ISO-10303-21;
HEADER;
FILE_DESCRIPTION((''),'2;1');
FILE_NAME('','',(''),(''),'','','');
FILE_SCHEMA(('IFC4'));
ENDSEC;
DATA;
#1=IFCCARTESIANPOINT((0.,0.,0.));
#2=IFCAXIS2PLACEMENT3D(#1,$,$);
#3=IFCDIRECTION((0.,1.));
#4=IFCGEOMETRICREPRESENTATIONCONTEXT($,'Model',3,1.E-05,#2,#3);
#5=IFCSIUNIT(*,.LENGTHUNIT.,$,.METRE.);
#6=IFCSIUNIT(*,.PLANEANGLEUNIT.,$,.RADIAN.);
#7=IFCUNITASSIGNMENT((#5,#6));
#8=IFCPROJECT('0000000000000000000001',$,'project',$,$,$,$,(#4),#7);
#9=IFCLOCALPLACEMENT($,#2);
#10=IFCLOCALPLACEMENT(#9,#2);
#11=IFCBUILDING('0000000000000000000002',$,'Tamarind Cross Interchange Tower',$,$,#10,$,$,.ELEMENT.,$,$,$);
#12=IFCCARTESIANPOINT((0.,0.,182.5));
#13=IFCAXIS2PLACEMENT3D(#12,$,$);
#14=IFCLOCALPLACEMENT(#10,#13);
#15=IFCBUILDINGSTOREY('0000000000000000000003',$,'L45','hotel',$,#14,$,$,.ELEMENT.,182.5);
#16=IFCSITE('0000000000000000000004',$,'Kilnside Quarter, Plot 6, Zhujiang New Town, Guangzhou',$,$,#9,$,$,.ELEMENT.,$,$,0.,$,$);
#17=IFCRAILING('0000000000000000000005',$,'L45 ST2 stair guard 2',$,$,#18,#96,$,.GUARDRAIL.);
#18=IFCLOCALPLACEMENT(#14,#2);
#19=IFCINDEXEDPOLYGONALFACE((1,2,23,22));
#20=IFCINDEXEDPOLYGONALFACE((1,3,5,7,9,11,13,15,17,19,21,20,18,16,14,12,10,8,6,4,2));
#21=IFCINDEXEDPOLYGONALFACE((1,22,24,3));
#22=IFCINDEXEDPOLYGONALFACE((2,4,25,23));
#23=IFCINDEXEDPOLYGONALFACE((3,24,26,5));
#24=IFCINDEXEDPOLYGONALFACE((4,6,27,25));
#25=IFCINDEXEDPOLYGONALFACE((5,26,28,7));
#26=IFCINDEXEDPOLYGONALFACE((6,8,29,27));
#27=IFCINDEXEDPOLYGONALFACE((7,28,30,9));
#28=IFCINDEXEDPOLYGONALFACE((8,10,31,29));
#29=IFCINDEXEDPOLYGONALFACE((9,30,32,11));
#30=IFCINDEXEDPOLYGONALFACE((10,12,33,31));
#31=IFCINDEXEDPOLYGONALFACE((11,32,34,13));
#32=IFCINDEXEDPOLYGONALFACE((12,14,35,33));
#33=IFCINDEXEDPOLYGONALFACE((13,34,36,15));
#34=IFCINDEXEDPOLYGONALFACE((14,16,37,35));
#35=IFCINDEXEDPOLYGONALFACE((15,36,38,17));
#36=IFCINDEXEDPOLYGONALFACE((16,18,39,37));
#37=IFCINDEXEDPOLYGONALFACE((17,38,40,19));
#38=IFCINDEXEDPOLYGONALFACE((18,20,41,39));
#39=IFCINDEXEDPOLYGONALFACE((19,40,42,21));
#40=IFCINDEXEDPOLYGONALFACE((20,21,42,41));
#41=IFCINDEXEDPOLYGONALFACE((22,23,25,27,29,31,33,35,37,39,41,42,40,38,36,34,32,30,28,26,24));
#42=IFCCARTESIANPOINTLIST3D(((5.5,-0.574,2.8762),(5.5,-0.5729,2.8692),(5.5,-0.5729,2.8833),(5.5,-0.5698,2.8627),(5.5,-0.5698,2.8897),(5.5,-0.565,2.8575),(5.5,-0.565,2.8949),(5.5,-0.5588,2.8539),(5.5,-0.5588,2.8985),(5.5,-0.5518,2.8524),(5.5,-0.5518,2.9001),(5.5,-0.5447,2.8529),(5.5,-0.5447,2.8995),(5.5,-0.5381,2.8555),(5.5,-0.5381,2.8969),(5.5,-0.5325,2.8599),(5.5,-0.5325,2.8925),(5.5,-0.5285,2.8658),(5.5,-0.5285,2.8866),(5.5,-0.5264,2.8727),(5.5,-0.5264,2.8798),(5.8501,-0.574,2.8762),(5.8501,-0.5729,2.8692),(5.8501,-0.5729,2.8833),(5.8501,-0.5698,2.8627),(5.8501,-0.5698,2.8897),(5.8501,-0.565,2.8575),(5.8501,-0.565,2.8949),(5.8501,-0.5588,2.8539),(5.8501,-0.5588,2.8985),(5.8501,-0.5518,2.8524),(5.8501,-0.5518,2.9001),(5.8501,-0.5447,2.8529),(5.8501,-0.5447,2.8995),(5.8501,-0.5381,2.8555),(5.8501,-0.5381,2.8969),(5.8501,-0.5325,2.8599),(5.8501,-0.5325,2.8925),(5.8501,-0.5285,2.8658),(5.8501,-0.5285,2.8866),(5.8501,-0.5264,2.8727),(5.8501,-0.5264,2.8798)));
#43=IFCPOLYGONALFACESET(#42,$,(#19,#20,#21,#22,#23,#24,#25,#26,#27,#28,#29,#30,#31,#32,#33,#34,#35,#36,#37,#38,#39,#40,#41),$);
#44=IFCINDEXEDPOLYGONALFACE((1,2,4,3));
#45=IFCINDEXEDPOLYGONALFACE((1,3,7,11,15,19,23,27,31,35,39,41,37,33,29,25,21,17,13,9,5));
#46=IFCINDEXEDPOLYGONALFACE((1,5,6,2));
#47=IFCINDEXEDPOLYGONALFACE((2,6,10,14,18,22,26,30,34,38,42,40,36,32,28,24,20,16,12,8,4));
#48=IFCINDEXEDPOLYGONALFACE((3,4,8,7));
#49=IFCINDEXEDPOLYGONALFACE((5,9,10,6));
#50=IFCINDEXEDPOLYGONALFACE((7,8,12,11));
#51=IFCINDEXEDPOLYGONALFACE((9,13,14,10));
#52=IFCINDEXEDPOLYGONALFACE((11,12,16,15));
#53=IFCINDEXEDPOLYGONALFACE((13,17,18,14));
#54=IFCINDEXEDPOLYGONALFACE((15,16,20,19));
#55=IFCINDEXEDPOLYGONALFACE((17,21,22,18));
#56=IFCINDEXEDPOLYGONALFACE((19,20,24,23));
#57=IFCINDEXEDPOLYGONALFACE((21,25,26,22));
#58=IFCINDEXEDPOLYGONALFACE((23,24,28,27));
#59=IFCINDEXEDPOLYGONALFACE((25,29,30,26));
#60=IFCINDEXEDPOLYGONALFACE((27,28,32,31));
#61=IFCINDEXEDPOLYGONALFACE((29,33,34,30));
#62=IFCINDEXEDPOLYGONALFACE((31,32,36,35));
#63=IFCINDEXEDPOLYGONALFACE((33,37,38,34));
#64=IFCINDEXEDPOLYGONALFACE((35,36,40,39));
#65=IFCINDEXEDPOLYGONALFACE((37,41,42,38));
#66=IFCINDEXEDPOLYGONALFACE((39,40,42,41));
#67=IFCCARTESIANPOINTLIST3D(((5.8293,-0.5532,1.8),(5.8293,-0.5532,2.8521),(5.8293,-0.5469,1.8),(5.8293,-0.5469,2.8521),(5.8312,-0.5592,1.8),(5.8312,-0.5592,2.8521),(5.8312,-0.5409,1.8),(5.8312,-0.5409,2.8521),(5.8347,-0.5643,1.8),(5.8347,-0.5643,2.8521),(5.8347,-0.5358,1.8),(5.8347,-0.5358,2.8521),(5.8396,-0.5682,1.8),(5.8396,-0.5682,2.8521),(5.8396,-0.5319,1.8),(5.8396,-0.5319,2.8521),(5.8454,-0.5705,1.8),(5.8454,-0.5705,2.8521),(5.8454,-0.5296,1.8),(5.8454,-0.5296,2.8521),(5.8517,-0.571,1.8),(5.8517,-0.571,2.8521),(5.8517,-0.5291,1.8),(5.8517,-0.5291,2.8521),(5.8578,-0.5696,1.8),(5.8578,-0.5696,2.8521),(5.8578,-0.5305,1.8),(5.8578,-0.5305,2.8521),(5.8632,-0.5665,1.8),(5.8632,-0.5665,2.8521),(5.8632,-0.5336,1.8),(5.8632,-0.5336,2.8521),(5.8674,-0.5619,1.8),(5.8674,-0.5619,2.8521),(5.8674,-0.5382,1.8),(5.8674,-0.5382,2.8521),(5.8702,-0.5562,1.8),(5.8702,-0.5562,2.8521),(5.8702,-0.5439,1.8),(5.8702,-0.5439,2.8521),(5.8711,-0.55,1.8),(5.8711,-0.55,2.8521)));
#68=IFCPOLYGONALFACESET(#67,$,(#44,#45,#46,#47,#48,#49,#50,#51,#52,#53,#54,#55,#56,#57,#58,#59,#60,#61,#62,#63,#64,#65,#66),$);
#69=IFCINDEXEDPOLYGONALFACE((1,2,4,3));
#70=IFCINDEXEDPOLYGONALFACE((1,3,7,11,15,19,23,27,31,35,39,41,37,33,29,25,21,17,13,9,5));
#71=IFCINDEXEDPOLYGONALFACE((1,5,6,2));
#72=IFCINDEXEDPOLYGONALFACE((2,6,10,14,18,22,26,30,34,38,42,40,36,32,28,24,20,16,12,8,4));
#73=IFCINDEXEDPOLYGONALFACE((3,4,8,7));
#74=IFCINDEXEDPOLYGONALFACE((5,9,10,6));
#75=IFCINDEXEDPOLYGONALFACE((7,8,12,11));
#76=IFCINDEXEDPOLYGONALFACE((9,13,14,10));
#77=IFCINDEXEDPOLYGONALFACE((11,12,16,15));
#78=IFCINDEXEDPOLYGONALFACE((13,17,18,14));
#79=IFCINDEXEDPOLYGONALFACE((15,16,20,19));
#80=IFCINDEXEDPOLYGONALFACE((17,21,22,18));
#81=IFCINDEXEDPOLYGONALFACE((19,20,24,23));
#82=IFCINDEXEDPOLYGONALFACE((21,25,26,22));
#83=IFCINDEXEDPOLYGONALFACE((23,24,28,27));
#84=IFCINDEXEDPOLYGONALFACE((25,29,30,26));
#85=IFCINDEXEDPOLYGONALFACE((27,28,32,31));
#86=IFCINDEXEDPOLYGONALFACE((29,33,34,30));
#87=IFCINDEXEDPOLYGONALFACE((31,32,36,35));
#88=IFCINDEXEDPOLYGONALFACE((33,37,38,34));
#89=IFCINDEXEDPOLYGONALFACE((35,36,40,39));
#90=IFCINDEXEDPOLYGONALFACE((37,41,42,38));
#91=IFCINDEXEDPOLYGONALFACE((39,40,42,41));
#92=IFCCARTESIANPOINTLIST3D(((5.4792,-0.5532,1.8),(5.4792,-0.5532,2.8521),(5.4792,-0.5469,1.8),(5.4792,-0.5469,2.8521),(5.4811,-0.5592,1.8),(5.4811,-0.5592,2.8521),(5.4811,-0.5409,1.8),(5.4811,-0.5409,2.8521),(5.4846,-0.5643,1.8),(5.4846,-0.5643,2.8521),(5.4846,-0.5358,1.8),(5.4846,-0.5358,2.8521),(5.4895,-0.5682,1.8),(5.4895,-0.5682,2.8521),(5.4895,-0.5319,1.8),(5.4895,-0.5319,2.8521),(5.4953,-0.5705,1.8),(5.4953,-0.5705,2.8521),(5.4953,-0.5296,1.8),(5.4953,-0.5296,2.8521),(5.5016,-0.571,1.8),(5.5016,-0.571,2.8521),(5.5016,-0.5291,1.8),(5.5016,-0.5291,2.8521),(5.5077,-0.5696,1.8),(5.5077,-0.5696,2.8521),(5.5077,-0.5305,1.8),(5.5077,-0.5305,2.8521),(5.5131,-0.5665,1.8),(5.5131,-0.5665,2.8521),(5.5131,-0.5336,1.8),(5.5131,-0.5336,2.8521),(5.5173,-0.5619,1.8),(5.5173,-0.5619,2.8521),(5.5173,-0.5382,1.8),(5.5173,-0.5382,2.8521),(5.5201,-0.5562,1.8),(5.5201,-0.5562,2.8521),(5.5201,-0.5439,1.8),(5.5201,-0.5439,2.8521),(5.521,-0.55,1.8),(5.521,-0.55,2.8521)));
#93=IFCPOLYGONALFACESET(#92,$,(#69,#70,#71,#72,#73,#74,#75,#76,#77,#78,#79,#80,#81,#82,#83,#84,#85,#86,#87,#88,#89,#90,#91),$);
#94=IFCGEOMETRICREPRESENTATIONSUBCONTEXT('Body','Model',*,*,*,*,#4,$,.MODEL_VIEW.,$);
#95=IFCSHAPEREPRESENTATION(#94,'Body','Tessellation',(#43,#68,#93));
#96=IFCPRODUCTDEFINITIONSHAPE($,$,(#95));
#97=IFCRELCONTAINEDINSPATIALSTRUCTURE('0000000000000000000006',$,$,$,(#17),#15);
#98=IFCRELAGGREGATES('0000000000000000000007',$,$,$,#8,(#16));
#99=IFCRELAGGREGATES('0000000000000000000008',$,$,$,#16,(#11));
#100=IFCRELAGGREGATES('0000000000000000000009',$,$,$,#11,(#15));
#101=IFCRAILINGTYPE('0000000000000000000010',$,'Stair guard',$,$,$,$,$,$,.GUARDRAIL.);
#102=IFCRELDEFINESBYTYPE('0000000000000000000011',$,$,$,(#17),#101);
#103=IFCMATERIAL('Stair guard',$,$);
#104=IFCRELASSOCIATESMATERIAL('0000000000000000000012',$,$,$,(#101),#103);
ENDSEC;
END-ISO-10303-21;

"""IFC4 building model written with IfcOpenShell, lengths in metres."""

from ifc_helpers import new_model, si_unit, direction, frame, origin, origin_2d, place, context, subcontext, project, spatial, circle, extrude, material, type_object, element, save


model = new_model("IFC4")

# Units and contexts
model_context = context("Model", 3, precision=1e-05, world=origin(), true_north=direction((0.0, 1.0)))
body_context = subcontext(model_context, "Body", "Model", "MODEL_VIEW")
ifc_project = project(units=[si_unit("LENGTHUNIT", "METRE"), si_unit("PLANEANGLEUNIT", "RADIAN")], contexts=[model_context])

# Site, building, storey
site_placement = place(None, origin())
site = spatial("IfcSite", under=ifc_project, at=site_placement, Name="Kilnside Quarter, Plot 6, Zhujiang New Town, Guangzhou", CompositionType="ELEMENT", RefElevation=0.0)
building_placement = place(site_placement, origin())
building = spatial("IfcBuilding", under=site, at=building_placement, Name="Tamarind Cross Interchange Tower", CompositionType="ELEMENT")
storey_placement = place(building_placement, frame((0.0, 0.0, 182.5)))
storey = spatial("IfcBuildingStorey", under=building, at=storey_placement, Name="L45", Description="hotel", CompositionType="ELEMENT", Elevation=182.5)

# Railing
ifc_material_1 = material(Name="Stair guard")
railing_type_1 = type_object("IfcRailingType", Name="Stair guard", PredefinedType="GUARDRAIL", material=ifc_material_1)
railing_1_placement = place(storey_placement, frame((5.8501, -0.55, 1.8)))
element("IfcRailing", 1, at=railing_1_placement, inside=storey, type_object=railing_type_1, Name="L45 ST2 stair guard 2", PredefinedType="GUARDRAIL", context=body_context, shape_type="SweptSolid", body=[
    extrude(circle(Radius=0.0239, at=origin_2d()), frame((0.0, 0.0, 1.0762), z_axis=(-1.0, 0.0, 0.0), x_axis=(0.0, -1.0, 0.0)), (0.0, 0.0, 1.0), 0.3501),
    extrude(circle(Radius=0.021, at=origin_2d()), origin(), (0.0, 0.0, 1.0), 1.052),
    extrude(circle(Radius=0.021, at=origin_2d()), frame((-0.3501, 0.0, 0.0)), (0.0, 0.0, 1.0), 1.052),
])

save(model, "model.ifc")
